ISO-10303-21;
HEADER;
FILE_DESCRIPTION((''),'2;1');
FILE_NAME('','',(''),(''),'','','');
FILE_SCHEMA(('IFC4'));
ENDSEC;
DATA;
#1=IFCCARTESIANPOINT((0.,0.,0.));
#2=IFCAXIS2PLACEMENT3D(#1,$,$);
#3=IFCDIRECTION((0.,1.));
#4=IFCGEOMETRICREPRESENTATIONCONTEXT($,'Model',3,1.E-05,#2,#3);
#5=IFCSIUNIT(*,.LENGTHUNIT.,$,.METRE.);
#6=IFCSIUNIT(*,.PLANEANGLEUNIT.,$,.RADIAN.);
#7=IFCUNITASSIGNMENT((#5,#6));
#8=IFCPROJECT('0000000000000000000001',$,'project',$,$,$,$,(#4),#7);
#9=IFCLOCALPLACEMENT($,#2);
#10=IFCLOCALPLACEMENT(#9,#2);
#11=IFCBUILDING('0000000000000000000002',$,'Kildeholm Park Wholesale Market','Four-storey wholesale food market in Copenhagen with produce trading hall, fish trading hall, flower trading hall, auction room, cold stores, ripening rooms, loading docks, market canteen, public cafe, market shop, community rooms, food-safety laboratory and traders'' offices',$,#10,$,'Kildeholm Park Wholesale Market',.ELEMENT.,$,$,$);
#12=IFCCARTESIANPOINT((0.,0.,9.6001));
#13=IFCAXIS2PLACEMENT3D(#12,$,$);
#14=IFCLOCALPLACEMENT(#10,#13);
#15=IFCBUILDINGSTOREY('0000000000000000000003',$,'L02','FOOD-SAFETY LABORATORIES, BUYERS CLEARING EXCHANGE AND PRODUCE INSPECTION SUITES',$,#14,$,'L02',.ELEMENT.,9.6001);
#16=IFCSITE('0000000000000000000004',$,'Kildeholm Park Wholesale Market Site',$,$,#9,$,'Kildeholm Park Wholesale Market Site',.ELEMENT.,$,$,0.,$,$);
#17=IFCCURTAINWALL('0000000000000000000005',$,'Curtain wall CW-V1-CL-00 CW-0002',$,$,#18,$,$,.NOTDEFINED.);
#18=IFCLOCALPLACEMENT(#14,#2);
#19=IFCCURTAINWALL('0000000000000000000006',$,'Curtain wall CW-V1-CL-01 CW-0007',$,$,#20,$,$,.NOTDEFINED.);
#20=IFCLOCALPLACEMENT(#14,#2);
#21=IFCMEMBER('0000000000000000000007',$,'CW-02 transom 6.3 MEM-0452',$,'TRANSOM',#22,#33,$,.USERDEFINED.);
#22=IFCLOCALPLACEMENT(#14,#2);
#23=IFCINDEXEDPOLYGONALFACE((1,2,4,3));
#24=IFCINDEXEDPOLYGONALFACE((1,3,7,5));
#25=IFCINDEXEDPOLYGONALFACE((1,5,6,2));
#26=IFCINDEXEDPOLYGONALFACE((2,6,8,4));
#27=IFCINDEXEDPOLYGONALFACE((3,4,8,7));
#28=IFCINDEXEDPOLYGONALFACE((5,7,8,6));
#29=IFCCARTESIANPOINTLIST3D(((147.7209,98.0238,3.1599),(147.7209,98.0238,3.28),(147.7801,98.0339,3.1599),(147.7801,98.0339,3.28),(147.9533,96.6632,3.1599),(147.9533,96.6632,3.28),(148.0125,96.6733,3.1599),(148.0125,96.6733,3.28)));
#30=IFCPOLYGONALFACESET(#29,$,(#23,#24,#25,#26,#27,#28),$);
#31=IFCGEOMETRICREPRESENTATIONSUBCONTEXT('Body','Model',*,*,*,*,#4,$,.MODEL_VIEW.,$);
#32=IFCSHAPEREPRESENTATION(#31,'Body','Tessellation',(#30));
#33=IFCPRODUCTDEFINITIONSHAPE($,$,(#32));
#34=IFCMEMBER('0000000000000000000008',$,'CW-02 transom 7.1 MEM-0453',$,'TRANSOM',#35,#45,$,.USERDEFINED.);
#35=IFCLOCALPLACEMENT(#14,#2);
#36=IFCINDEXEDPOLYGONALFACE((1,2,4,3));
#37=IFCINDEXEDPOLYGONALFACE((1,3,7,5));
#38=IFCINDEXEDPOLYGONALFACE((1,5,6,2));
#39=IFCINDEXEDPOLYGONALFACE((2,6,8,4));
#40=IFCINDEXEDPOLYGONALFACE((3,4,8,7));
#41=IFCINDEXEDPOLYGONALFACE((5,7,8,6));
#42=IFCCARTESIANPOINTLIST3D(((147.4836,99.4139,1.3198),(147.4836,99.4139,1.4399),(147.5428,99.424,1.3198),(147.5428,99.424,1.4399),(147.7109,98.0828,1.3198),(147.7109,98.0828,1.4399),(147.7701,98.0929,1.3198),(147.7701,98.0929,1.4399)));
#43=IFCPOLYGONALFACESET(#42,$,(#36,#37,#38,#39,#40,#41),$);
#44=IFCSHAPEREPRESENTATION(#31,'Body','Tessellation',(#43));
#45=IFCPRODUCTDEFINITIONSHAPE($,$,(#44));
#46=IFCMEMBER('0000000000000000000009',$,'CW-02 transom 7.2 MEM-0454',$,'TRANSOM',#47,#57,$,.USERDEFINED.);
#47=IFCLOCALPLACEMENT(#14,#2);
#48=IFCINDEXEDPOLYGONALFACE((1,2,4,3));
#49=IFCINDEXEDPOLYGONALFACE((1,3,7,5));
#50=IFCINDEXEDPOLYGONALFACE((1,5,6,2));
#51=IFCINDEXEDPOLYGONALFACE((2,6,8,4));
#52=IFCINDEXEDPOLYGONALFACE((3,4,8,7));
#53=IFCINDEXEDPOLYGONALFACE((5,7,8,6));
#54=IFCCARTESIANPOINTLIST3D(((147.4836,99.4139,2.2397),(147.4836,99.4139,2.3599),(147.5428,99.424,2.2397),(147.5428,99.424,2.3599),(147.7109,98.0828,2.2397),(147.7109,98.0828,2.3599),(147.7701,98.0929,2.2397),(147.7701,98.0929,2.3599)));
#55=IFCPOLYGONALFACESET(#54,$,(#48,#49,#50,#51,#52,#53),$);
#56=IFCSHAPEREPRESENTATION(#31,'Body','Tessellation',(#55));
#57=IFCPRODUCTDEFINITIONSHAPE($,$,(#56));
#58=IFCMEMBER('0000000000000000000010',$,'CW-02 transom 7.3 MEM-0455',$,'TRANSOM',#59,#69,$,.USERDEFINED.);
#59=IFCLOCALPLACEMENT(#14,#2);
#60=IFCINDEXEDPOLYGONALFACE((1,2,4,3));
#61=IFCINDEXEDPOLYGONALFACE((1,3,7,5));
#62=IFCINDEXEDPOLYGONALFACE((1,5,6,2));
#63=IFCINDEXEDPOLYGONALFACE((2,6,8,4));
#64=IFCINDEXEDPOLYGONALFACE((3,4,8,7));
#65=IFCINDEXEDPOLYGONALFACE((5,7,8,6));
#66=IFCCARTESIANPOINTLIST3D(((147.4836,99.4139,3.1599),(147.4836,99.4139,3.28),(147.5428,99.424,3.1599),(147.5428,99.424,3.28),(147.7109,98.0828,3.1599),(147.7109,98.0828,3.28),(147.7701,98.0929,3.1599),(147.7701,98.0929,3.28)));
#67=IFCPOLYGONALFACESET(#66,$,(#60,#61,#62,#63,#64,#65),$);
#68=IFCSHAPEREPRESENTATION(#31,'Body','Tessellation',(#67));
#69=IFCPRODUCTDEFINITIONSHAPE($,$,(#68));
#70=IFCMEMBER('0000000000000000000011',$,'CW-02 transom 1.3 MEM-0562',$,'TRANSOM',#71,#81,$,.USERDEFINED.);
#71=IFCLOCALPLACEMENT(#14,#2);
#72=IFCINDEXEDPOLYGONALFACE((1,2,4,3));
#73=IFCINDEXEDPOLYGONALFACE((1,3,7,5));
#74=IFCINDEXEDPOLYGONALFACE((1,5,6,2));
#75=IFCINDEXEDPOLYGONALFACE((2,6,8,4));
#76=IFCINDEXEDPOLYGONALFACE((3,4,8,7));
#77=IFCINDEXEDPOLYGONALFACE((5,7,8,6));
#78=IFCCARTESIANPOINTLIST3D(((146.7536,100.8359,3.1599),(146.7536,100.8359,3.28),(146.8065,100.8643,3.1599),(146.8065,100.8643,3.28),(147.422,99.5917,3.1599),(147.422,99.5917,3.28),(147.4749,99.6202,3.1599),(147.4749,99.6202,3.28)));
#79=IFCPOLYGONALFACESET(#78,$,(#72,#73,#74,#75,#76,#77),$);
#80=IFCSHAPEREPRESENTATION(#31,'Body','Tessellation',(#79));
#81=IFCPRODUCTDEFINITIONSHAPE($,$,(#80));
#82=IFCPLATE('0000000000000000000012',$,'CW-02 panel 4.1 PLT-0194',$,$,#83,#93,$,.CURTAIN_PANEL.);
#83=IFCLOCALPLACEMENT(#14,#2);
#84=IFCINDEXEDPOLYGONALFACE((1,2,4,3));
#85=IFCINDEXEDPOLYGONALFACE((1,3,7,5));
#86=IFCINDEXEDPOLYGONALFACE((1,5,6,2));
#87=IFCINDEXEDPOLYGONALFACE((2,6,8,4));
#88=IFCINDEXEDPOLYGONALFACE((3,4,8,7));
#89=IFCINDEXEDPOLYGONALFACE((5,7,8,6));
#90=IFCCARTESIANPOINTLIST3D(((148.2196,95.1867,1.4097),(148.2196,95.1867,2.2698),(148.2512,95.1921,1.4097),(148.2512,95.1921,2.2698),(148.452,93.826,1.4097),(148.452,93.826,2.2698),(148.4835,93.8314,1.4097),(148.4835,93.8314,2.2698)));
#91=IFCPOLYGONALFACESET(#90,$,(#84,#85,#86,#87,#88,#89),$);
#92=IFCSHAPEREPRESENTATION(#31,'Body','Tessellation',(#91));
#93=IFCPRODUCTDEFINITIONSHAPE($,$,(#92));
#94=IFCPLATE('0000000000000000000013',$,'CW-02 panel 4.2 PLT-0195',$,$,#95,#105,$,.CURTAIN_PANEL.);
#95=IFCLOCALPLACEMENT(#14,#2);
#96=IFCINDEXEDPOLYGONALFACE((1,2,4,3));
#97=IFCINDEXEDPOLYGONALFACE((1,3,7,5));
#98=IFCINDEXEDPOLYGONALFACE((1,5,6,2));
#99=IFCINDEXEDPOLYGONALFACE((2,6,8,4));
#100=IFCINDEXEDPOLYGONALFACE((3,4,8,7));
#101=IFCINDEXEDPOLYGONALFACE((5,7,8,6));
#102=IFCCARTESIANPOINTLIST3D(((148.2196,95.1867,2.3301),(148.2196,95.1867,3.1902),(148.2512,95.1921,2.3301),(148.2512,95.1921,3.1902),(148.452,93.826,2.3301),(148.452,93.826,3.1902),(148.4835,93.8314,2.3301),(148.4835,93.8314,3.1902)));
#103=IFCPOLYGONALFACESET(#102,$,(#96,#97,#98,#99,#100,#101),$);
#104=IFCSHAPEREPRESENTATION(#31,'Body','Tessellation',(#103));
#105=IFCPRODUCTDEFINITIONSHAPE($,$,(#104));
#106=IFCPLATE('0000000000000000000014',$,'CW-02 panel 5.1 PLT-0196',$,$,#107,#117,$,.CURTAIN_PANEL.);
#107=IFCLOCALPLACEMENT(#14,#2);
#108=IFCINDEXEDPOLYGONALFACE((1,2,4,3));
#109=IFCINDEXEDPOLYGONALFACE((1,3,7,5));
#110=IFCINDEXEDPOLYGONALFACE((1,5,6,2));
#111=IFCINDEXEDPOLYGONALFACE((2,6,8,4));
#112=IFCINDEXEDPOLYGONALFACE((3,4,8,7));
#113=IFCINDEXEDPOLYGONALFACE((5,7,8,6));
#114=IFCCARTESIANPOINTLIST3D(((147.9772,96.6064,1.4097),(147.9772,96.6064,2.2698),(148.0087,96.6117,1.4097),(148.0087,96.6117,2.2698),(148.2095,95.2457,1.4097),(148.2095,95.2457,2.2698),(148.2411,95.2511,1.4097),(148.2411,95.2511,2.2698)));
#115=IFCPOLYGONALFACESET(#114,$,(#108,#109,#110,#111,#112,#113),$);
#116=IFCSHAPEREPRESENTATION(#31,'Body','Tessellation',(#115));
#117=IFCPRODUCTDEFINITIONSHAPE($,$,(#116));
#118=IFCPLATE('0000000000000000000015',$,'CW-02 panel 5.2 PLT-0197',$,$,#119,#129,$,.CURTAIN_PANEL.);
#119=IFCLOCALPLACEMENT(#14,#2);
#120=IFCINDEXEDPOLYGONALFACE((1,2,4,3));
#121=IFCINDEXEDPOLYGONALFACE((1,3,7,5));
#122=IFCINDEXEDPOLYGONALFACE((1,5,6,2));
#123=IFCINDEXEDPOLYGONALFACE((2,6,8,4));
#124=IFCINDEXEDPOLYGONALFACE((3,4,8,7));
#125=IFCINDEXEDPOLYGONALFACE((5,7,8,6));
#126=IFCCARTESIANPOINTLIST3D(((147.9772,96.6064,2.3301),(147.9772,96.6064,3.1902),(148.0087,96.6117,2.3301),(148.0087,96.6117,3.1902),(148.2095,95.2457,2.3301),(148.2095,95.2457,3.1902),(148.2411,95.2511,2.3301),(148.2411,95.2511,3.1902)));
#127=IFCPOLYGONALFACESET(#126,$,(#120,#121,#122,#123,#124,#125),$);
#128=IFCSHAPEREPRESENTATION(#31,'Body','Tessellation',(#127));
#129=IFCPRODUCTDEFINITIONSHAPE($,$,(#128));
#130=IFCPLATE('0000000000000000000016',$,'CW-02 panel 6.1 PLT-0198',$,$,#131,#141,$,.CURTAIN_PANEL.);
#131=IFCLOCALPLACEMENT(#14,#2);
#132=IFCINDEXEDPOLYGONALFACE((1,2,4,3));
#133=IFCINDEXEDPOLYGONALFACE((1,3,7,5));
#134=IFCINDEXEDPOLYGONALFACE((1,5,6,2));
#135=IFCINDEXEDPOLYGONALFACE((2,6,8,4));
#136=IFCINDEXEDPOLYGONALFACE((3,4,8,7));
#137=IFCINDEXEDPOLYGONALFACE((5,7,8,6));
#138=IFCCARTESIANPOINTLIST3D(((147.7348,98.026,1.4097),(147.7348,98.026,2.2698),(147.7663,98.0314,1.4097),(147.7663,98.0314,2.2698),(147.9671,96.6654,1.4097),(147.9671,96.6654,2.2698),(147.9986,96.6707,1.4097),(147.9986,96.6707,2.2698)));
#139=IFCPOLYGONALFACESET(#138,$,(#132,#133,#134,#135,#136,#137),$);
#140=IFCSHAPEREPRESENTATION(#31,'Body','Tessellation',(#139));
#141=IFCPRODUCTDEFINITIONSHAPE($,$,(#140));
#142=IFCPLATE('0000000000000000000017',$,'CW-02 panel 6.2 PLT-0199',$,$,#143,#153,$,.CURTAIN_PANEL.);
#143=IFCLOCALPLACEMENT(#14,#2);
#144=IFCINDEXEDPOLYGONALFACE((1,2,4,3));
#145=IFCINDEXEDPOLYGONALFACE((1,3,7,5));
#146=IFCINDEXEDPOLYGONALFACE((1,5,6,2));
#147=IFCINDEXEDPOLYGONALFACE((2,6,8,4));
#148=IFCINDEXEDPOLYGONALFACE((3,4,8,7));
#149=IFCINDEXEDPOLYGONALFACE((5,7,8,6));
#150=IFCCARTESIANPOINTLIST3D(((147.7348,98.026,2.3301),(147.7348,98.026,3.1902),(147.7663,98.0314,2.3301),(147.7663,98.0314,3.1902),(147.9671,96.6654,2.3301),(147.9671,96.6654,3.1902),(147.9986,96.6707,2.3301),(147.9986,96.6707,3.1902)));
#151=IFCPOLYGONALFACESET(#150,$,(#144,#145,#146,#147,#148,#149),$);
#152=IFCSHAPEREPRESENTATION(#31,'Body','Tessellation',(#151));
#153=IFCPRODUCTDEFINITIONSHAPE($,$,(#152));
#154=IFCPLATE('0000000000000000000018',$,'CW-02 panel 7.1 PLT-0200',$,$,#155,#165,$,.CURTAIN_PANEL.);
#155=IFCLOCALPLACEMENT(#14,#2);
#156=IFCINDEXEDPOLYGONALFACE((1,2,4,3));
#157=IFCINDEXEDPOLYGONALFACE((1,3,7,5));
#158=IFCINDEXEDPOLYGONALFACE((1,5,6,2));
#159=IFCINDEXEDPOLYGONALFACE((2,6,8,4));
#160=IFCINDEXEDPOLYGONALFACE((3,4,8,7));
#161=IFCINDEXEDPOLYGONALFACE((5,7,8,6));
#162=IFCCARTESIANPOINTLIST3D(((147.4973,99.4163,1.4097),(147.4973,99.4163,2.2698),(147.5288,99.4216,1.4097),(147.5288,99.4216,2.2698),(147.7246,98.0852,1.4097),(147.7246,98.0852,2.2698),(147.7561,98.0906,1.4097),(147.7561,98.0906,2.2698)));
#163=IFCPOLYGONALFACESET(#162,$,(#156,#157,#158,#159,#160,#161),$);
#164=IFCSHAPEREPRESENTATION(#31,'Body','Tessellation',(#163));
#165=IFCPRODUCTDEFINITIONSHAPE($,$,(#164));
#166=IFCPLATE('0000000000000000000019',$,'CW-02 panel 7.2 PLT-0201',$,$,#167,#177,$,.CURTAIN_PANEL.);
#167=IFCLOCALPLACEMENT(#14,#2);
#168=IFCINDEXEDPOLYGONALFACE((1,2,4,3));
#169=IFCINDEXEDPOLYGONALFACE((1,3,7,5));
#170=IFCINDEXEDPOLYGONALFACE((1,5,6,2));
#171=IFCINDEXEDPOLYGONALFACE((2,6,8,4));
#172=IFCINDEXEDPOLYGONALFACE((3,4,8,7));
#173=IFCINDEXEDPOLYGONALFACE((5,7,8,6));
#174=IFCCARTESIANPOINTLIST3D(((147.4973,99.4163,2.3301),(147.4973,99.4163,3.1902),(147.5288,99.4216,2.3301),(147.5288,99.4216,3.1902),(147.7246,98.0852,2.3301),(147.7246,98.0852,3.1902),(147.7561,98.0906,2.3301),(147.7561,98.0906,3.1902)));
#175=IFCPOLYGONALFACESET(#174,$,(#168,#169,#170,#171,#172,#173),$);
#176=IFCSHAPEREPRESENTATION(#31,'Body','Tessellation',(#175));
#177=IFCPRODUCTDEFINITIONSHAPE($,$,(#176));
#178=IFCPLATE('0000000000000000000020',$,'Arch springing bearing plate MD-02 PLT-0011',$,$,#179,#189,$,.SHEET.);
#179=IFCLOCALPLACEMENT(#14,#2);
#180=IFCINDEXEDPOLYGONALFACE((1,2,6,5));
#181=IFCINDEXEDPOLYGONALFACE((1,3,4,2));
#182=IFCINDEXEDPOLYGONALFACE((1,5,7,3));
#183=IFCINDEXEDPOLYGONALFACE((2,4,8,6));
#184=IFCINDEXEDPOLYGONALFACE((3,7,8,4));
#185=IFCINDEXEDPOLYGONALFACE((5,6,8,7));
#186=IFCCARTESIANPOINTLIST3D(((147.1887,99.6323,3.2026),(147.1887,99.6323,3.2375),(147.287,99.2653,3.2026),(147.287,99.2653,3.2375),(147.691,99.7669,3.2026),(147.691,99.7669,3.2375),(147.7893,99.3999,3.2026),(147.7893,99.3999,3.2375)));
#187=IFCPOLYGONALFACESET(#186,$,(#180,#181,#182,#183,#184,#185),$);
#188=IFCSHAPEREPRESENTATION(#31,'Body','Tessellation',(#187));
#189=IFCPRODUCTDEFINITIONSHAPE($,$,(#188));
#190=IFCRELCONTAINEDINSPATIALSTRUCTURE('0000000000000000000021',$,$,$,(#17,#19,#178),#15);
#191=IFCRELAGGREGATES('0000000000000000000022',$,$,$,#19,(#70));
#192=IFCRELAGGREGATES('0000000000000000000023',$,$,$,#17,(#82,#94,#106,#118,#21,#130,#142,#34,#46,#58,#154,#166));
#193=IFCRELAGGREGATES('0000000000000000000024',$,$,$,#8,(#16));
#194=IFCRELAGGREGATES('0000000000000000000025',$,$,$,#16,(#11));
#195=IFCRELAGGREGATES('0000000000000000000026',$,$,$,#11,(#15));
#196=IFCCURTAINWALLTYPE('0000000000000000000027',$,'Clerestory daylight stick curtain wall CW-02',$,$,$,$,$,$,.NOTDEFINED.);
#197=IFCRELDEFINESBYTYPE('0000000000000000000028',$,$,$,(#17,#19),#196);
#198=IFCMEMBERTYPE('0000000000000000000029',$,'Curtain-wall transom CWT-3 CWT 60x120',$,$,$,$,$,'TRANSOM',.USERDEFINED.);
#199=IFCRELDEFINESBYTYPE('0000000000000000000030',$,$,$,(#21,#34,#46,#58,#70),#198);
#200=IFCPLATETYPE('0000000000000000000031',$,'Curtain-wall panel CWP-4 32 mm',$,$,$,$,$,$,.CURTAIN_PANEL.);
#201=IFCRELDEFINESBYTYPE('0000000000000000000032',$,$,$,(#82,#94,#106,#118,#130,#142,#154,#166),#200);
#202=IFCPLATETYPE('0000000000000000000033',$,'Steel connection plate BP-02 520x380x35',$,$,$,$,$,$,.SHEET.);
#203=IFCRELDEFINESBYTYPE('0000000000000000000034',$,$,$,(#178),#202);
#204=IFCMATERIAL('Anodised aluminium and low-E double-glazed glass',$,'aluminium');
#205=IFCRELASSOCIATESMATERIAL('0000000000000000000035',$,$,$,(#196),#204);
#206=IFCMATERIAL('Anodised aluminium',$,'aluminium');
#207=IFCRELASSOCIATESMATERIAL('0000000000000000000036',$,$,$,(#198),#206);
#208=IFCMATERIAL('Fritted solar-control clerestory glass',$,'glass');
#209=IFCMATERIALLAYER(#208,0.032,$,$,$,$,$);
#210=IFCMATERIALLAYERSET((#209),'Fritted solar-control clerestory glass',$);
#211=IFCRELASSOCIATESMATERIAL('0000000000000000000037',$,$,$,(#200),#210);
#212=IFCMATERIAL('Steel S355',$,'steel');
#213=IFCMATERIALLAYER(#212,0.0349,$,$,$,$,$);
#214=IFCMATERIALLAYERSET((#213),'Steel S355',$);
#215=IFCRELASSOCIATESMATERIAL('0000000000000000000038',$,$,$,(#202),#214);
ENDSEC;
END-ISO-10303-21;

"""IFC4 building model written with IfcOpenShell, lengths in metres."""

from ifc_helpers import new_model, si_unit, direction, frame, origin, origin_2d, place, context, subcontext, project, spatial, rectangle, extrude, material, layer, layer_set, material_profile, profile_set, type_object, element, aggregate, save


model = new_model("IFC4")

# Units and contexts
model_context = context("Model", 3, precision=1e-05, world=origin(), true_north=direction((0.0, 1.0)))
body_context = subcontext(model_context, "Body", "Model", "MODEL_VIEW")
ifc_project = project(units=[si_unit("LENGTHUNIT", "METRE"), si_unit("PLANEANGLEUNIT", "RADIAN")], contexts=[model_context])

# Site, building, storey
site_placement = place(None, origin())
site = spatial("IfcSite", under=ifc_project, at=site_placement, Name="Kildeholm Park Wholesale Market Site", LongName="Kildeholm Park Wholesale Market Site", CompositionType="ELEMENT", RefElevation=0.0)
building_placement = place(site_placement, origin())
building = spatial("IfcBuilding", under=site, at=building_placement, Name="Kildeholm Park Wholesale Market", Description="Four-storey wholesale food market in Copenhagen with produce trading hall, fish trading hall, flower trading hall, auction room, cold stores, ripening rooms, loading docks, market canteen, public cafe, market shop, community rooms, food-safety laboratory and traders' offices", LongName="Kildeholm Park Wholesale Market", CompositionType="ELEMENT")
storey_placement = place(building_placement, frame((0.0, 0.0, 9.6001)))
storey = spatial("IfcBuildingStorey", under=building, at=storey_placement, Name="L02", Description="FOOD-SAFETY LABORATORIES, BUYERS CLEARING EXCHANGE AND PRODUCE INSPECTION SUITES", LongName="L02", CompositionType="ELEMENT", Elevation=9.6001)

# Shared definitions
ifc_material_1 = material(Name="Steel S355", Category="steel")

# Curtain wall
ifc_material_2 = material(Name="Anodised aluminium and low-E double-glazed glass", Category="aluminium")
curtain_wall_type = type_object("IfcCurtainWallType", Name="Clerestory daylight stick curtain wall CW-02", PredefinedType="NOTDEFINED", material=ifc_material_2)
curtain_wall_1_placement = place(storey_placement, origin())
curtain_wall_1 = element("IfcCurtainWall", 1, at=curtain_wall_1_placement, inside=storey, type_object=curtain_wall_type, Name="Curtain wall CW-V1-CL-00 CW-0002", PredefinedType="NOTDEFINED")
ifc_material_3 = material(Name="Anodised aluminium", Category="aluminium")

# Curtain wall
curtain_wall_2_placement = place(storey_placement, origin())
curtain_wall_2 = element("IfcCurtainWall", 2, at=curtain_wall_2_placement, inside=storey, type_object=curtain_wall_type, Name="Curtain wall CW-V1-CL-01 CW-0007", PredefinedType="NOTDEFINED")

# Members
ifc_material_profile_1 = material_profile(ifc_material_3, rectangle(XDim=0.0601, YDim=0.1201, at=origin_2d()), Name="CWT 60x120")
ifc_profile_set_1 = profile_set([ifc_material_profile_1], Name="Anodised aluminium")
member_type_1 = type_object("IfcMemberType", Name="Curtain-wall transom CWT-3 CWT 60x120", ElementType="TRANSOM", PredefinedType="USERDEFINED", material=ifc_profile_set_1)
member_1_placement = place(storey_placement, frame((147.9829, 96.6682, 3.22), z_axis=(-0.168384, 0.985721, 0.0), x_axis=(-0.985721, -0.168384, 0.0)))
member_1 = element("IfcMember", 3, at=member_1_placement, type_object=member_type_1, Name="CW-02 transom 6.3 MEM-0452", ObjectType="TRANSOM", PredefinedType="USERDEFINED", context=body_context, shape_type="SweptSolid", body=[
    extrude(rectangle(XDim=0.0601, YDim=0.1201, at=origin_2d()), origin(), (0.0, 0.0, 1.0), 1.3804),
])
member_2_placement = place(storey_placement, frame((147.7405, 98.0879, 1.3799), z_axis=(-0.168326, 0.985731, 0.0), x_axis=(-0.985731, -0.168326, 0.0)))
member_2 = element("IfcMember", 4, at=member_2_placement, type_object=member_type_1, Name="CW-02 transom 7.1 MEM-0453", ObjectType="TRANSOM", PredefinedType="USERDEFINED", context=body_context, shape_type="SweptSolid", body=[
    extrude(rectangle(XDim=0.0601, YDim=0.1201, at=origin_2d()), origin(), (0.0, 0.0, 1.0), 1.3503),
])
member_3_placement = place(storey_placement, frame((147.7405, 98.0879, 2.2998), z_axis=(-0.168326, 0.985731, 0.0), x_axis=(-0.985731, -0.168326, 0.0)))
member_3 = element("IfcMember", 5, at=member_3_placement, type_object=member_type_1, Name="CW-02 transom 7.2 MEM-0454", ObjectType="TRANSOM", PredefinedType="USERDEFINED", context=body_context, shape_type="SweptSolid", body=[
    extrude(rectangle(XDim=0.0601, YDim=0.1201, at=origin_2d()), origin(), (0.0, 0.0, 1.0), 1.3503),
])
member_4_placement = place(storey_placement, frame((147.7405, 98.0879, 3.22), z_axis=(-0.168326, 0.985731, 0.0), x_axis=(-0.985731, -0.168326, 0.0)))
member_4 = element("IfcMember", 6, at=member_4_placement, type_object=member_type_1, Name="CW-02 transom 7.3 MEM-0455", ObjectType="TRANSOM", PredefinedType="USERDEFINED", context=body_context, shape_type="SweptSolid", body=[
    extrude(rectangle(XDim=0.0601, YDim=0.1201, at=origin_2d()), origin(), (0.0, 0.0, 1.0), 1.3503),
])
member_5_placement = place(storey_placement, frame((147.4485, 99.606, 3.22), z_axis=(-0.473296, 0.880904, 0.0), x_axis=(-0.880904, -0.473296, 0.0)))
member_5 = element("IfcMember", 7, at=member_5_placement, type_object=member_type_1, Name="CW-02 transom 1.3 MEM-0562", ObjectType="TRANSOM", PredefinedType="USERDEFINED", context=body_context, shape_type="SweptSolid", body=[
    extrude(rectangle(XDim=0.0601, YDim=0.1201, at=origin_2d()), origin(), (0.0, 0.0, 1.0), 1.4124),
])
aggregate(curtain_wall_2, [member_5])

# Plates
ifc_material_4 = material(Name="Fritted solar-control clerestory glass", Category="glass")
ifc_layer_1 = layer(ifc_material_4, 0.032)
ifc_layer_set_1 = layer_set([ifc_layer_1], Name="Fritted solar-control clerestory glass")
plate_type_1 = type_object("IfcPlateType", Name="Curtain-wall panel CWP-4 32 mm", PredefinedType="CURTAIN_PANEL", material=ifc_layer_set_1)
plate_1_placement = place(storey_placement, frame((148.3516, 94.509, 1.4097), z_axis=(0.0, 0.0, 1.0), x_axis=(-0.168322, 0.985732, 0.0)))
plate_1 = element("IfcPlate", 8, at=plate_1_placement, type_object=plate_type_1, Name="CW-02 panel 4.1 PLT-0194", PredefinedType="CURTAIN_PANEL", context=body_context, shape_type="SweptSolid", body=[
    extrude(rectangle(XDim=1.3804, YDim=0.032, at=origin_2d()), origin(), (0.0, 0.0, 1.0), 0.8601),
])
plate_2_placement = place(storey_placement, frame((148.3516, 94.509, 2.3301), z_axis=(0.0, 0.0, 1.0), x_axis=(-0.168322, 0.985732, 0.0)))
plate_2 = element("IfcPlate", 9, at=plate_2_placement, type_object=plate_type_1, Name="CW-02 panel 4.2 PLT-0195", PredefinedType="CURTAIN_PANEL", context=body_context, shape_type="SweptSolid", body=[
    extrude(rectangle(XDim=1.3804, YDim=0.032, at=origin_2d()), origin(), (0.0, 0.0, 1.0), 0.8601),
])
plate_3_placement = place(storey_placement, frame((148.1091, 95.9287, 1.4097), z_axis=(0.0, 0.0, 1.0), x_axis=(-0.168322, 0.985732, 0.0)))
plate_3 = element("IfcPlate", 10, at=plate_3_placement, type_object=plate_type_1, Name="CW-02 panel 5.1 PLT-0196", PredefinedType="CURTAIN_PANEL", context=body_context, shape_type="SweptSolid", body=[
    extrude(rectangle(XDim=1.3804, YDim=0.032, at=origin_2d()), origin(), (0.0, 0.0, 1.0), 0.8601),
])
plate_4_placement = place(storey_placement, frame((148.1091, 95.9287, 2.3301), z_axis=(0.0, 0.0, 1.0), x_axis=(-0.168322, 0.985732, 0.0)))
plate_4 = element("IfcPlate", 11, at=plate_4_placement, type_object=plate_type_1, Name="CW-02 panel 5.2 PLT-0197", PredefinedType="CURTAIN_PANEL", context=body_context, shape_type="SweptSolid", body=[
    extrude(rectangle(XDim=1.3804, YDim=0.032, at=origin_2d()), origin(), (0.0, 0.0, 1.0), 0.8601),
])
plate_5_placement = place(storey_placement, frame((147.8667, 97.3484, 1.4097), z_axis=(0.0, 0.0, 1.0), x_axis=(-0.168322, 0.985732, 0.0)))
plate_5 = element("IfcPlate", 12, at=plate_5_placement, type_object=plate_type_1, Name="CW-02 panel 6.1 PLT-0198", PredefinedType="CURTAIN_PANEL", context=body_context, shape_type="SweptSolid", body=[
    extrude(rectangle(XDim=1.3804, YDim=0.032, at=origin_2d()), origin(), (0.0, 0.0, 1.0), 0.8601),
])
plate_6_placement = place(storey_placement, frame((147.8667, 97.3484, 2.3301), z_axis=(0.0, 0.0, 1.0), x_axis=(-0.168322, 0.985732, 0.0)))
plate_6 = element("IfcPlate", 13, at=plate_6_placement, type_object=plate_type_1, Name="CW-02 panel 6.2 PLT-0199", PredefinedType="CURTAIN_PANEL", context=body_context, shape_type="SweptSolid", body=[
    extrude(rectangle(XDim=1.3804, YDim=0.032, at=origin_2d()), origin(), (0.0, 0.0, 1.0), 0.8601),
])
plate_7_placement = place(storey_placement, frame((147.6267, 98.7534, 1.4097), z_axis=(0.0, 0.0, 1.0), x_axis=(-0.168322, 0.985732, 0.0)))
plate_7 = element("IfcPlate", 14, at=plate_7_placement, type_object=plate_type_1, Name="CW-02 panel 7.1 PLT-0200", PredefinedType="CURTAIN_PANEL", context=body_context, shape_type="SweptSolid", body=[
    extrude(rectangle(XDim=1.3503, YDim=0.032, at=origin_2d()), origin(), (0.0, 0.0, 1.0), 0.8601),
])
plate_8_placement = place(storey_placement, frame((147.6267, 98.7534, 2.3301), z_axis=(0.0, 0.0, 1.0), x_axis=(-0.168322, 0.985732, 0.0)))
plate_8 = element("IfcPlate", 15, at=plate_8_placement, type_object=plate_type_1, Name="CW-02 panel 7.2 PLT-0201", PredefinedType="CURTAIN_PANEL", context=body_context, shape_type="SweptSolid", body=[
    extrude(rectangle(XDim=1.3503, YDim=0.032, at=origin_2d()), origin(), (0.0, 0.0, 1.0), 0.8601),
])
aggregate(curtain_wall_1, [plate_1, plate_2, plate_3, plate_4, member_1, plate_5, plate_6, member_2, member_3, member_4, plate_7, plate_8])
ifc_layer_2 = layer(ifc_material_1, 0.0349)
ifc_layer_set_2 = layer_set([ifc_layer_2], Name="Steel S355")
plate_type_2 = type_object("IfcPlateType", Name="Steel connection plate BP-02 520x380x35", PredefinedType="SHEET", material=ifc_layer_set_2)
plate_9_placement = place(storey_placement, frame((147.489, 99.5161, 3.2026), z_axis=(0.0, 0.0, 1.0), x_axis=(0.965926, 0.258819, 0.0)))
element("IfcPlate", 16, at=plate_9_placement, inside=storey, type_object=plate_type_2, Name="Arch springing bearing plate MD-02 PLT-0011", PredefinedType="SHEET", context=body_context, shape_type="SweptSolid", body=[
    extrude(rectangle(XDim=0.52, YDim=0.3799, at=origin_2d()), origin(), (0.0, 0.0, 1.0), 0.0349),
])

save(model, "model.ifc")
